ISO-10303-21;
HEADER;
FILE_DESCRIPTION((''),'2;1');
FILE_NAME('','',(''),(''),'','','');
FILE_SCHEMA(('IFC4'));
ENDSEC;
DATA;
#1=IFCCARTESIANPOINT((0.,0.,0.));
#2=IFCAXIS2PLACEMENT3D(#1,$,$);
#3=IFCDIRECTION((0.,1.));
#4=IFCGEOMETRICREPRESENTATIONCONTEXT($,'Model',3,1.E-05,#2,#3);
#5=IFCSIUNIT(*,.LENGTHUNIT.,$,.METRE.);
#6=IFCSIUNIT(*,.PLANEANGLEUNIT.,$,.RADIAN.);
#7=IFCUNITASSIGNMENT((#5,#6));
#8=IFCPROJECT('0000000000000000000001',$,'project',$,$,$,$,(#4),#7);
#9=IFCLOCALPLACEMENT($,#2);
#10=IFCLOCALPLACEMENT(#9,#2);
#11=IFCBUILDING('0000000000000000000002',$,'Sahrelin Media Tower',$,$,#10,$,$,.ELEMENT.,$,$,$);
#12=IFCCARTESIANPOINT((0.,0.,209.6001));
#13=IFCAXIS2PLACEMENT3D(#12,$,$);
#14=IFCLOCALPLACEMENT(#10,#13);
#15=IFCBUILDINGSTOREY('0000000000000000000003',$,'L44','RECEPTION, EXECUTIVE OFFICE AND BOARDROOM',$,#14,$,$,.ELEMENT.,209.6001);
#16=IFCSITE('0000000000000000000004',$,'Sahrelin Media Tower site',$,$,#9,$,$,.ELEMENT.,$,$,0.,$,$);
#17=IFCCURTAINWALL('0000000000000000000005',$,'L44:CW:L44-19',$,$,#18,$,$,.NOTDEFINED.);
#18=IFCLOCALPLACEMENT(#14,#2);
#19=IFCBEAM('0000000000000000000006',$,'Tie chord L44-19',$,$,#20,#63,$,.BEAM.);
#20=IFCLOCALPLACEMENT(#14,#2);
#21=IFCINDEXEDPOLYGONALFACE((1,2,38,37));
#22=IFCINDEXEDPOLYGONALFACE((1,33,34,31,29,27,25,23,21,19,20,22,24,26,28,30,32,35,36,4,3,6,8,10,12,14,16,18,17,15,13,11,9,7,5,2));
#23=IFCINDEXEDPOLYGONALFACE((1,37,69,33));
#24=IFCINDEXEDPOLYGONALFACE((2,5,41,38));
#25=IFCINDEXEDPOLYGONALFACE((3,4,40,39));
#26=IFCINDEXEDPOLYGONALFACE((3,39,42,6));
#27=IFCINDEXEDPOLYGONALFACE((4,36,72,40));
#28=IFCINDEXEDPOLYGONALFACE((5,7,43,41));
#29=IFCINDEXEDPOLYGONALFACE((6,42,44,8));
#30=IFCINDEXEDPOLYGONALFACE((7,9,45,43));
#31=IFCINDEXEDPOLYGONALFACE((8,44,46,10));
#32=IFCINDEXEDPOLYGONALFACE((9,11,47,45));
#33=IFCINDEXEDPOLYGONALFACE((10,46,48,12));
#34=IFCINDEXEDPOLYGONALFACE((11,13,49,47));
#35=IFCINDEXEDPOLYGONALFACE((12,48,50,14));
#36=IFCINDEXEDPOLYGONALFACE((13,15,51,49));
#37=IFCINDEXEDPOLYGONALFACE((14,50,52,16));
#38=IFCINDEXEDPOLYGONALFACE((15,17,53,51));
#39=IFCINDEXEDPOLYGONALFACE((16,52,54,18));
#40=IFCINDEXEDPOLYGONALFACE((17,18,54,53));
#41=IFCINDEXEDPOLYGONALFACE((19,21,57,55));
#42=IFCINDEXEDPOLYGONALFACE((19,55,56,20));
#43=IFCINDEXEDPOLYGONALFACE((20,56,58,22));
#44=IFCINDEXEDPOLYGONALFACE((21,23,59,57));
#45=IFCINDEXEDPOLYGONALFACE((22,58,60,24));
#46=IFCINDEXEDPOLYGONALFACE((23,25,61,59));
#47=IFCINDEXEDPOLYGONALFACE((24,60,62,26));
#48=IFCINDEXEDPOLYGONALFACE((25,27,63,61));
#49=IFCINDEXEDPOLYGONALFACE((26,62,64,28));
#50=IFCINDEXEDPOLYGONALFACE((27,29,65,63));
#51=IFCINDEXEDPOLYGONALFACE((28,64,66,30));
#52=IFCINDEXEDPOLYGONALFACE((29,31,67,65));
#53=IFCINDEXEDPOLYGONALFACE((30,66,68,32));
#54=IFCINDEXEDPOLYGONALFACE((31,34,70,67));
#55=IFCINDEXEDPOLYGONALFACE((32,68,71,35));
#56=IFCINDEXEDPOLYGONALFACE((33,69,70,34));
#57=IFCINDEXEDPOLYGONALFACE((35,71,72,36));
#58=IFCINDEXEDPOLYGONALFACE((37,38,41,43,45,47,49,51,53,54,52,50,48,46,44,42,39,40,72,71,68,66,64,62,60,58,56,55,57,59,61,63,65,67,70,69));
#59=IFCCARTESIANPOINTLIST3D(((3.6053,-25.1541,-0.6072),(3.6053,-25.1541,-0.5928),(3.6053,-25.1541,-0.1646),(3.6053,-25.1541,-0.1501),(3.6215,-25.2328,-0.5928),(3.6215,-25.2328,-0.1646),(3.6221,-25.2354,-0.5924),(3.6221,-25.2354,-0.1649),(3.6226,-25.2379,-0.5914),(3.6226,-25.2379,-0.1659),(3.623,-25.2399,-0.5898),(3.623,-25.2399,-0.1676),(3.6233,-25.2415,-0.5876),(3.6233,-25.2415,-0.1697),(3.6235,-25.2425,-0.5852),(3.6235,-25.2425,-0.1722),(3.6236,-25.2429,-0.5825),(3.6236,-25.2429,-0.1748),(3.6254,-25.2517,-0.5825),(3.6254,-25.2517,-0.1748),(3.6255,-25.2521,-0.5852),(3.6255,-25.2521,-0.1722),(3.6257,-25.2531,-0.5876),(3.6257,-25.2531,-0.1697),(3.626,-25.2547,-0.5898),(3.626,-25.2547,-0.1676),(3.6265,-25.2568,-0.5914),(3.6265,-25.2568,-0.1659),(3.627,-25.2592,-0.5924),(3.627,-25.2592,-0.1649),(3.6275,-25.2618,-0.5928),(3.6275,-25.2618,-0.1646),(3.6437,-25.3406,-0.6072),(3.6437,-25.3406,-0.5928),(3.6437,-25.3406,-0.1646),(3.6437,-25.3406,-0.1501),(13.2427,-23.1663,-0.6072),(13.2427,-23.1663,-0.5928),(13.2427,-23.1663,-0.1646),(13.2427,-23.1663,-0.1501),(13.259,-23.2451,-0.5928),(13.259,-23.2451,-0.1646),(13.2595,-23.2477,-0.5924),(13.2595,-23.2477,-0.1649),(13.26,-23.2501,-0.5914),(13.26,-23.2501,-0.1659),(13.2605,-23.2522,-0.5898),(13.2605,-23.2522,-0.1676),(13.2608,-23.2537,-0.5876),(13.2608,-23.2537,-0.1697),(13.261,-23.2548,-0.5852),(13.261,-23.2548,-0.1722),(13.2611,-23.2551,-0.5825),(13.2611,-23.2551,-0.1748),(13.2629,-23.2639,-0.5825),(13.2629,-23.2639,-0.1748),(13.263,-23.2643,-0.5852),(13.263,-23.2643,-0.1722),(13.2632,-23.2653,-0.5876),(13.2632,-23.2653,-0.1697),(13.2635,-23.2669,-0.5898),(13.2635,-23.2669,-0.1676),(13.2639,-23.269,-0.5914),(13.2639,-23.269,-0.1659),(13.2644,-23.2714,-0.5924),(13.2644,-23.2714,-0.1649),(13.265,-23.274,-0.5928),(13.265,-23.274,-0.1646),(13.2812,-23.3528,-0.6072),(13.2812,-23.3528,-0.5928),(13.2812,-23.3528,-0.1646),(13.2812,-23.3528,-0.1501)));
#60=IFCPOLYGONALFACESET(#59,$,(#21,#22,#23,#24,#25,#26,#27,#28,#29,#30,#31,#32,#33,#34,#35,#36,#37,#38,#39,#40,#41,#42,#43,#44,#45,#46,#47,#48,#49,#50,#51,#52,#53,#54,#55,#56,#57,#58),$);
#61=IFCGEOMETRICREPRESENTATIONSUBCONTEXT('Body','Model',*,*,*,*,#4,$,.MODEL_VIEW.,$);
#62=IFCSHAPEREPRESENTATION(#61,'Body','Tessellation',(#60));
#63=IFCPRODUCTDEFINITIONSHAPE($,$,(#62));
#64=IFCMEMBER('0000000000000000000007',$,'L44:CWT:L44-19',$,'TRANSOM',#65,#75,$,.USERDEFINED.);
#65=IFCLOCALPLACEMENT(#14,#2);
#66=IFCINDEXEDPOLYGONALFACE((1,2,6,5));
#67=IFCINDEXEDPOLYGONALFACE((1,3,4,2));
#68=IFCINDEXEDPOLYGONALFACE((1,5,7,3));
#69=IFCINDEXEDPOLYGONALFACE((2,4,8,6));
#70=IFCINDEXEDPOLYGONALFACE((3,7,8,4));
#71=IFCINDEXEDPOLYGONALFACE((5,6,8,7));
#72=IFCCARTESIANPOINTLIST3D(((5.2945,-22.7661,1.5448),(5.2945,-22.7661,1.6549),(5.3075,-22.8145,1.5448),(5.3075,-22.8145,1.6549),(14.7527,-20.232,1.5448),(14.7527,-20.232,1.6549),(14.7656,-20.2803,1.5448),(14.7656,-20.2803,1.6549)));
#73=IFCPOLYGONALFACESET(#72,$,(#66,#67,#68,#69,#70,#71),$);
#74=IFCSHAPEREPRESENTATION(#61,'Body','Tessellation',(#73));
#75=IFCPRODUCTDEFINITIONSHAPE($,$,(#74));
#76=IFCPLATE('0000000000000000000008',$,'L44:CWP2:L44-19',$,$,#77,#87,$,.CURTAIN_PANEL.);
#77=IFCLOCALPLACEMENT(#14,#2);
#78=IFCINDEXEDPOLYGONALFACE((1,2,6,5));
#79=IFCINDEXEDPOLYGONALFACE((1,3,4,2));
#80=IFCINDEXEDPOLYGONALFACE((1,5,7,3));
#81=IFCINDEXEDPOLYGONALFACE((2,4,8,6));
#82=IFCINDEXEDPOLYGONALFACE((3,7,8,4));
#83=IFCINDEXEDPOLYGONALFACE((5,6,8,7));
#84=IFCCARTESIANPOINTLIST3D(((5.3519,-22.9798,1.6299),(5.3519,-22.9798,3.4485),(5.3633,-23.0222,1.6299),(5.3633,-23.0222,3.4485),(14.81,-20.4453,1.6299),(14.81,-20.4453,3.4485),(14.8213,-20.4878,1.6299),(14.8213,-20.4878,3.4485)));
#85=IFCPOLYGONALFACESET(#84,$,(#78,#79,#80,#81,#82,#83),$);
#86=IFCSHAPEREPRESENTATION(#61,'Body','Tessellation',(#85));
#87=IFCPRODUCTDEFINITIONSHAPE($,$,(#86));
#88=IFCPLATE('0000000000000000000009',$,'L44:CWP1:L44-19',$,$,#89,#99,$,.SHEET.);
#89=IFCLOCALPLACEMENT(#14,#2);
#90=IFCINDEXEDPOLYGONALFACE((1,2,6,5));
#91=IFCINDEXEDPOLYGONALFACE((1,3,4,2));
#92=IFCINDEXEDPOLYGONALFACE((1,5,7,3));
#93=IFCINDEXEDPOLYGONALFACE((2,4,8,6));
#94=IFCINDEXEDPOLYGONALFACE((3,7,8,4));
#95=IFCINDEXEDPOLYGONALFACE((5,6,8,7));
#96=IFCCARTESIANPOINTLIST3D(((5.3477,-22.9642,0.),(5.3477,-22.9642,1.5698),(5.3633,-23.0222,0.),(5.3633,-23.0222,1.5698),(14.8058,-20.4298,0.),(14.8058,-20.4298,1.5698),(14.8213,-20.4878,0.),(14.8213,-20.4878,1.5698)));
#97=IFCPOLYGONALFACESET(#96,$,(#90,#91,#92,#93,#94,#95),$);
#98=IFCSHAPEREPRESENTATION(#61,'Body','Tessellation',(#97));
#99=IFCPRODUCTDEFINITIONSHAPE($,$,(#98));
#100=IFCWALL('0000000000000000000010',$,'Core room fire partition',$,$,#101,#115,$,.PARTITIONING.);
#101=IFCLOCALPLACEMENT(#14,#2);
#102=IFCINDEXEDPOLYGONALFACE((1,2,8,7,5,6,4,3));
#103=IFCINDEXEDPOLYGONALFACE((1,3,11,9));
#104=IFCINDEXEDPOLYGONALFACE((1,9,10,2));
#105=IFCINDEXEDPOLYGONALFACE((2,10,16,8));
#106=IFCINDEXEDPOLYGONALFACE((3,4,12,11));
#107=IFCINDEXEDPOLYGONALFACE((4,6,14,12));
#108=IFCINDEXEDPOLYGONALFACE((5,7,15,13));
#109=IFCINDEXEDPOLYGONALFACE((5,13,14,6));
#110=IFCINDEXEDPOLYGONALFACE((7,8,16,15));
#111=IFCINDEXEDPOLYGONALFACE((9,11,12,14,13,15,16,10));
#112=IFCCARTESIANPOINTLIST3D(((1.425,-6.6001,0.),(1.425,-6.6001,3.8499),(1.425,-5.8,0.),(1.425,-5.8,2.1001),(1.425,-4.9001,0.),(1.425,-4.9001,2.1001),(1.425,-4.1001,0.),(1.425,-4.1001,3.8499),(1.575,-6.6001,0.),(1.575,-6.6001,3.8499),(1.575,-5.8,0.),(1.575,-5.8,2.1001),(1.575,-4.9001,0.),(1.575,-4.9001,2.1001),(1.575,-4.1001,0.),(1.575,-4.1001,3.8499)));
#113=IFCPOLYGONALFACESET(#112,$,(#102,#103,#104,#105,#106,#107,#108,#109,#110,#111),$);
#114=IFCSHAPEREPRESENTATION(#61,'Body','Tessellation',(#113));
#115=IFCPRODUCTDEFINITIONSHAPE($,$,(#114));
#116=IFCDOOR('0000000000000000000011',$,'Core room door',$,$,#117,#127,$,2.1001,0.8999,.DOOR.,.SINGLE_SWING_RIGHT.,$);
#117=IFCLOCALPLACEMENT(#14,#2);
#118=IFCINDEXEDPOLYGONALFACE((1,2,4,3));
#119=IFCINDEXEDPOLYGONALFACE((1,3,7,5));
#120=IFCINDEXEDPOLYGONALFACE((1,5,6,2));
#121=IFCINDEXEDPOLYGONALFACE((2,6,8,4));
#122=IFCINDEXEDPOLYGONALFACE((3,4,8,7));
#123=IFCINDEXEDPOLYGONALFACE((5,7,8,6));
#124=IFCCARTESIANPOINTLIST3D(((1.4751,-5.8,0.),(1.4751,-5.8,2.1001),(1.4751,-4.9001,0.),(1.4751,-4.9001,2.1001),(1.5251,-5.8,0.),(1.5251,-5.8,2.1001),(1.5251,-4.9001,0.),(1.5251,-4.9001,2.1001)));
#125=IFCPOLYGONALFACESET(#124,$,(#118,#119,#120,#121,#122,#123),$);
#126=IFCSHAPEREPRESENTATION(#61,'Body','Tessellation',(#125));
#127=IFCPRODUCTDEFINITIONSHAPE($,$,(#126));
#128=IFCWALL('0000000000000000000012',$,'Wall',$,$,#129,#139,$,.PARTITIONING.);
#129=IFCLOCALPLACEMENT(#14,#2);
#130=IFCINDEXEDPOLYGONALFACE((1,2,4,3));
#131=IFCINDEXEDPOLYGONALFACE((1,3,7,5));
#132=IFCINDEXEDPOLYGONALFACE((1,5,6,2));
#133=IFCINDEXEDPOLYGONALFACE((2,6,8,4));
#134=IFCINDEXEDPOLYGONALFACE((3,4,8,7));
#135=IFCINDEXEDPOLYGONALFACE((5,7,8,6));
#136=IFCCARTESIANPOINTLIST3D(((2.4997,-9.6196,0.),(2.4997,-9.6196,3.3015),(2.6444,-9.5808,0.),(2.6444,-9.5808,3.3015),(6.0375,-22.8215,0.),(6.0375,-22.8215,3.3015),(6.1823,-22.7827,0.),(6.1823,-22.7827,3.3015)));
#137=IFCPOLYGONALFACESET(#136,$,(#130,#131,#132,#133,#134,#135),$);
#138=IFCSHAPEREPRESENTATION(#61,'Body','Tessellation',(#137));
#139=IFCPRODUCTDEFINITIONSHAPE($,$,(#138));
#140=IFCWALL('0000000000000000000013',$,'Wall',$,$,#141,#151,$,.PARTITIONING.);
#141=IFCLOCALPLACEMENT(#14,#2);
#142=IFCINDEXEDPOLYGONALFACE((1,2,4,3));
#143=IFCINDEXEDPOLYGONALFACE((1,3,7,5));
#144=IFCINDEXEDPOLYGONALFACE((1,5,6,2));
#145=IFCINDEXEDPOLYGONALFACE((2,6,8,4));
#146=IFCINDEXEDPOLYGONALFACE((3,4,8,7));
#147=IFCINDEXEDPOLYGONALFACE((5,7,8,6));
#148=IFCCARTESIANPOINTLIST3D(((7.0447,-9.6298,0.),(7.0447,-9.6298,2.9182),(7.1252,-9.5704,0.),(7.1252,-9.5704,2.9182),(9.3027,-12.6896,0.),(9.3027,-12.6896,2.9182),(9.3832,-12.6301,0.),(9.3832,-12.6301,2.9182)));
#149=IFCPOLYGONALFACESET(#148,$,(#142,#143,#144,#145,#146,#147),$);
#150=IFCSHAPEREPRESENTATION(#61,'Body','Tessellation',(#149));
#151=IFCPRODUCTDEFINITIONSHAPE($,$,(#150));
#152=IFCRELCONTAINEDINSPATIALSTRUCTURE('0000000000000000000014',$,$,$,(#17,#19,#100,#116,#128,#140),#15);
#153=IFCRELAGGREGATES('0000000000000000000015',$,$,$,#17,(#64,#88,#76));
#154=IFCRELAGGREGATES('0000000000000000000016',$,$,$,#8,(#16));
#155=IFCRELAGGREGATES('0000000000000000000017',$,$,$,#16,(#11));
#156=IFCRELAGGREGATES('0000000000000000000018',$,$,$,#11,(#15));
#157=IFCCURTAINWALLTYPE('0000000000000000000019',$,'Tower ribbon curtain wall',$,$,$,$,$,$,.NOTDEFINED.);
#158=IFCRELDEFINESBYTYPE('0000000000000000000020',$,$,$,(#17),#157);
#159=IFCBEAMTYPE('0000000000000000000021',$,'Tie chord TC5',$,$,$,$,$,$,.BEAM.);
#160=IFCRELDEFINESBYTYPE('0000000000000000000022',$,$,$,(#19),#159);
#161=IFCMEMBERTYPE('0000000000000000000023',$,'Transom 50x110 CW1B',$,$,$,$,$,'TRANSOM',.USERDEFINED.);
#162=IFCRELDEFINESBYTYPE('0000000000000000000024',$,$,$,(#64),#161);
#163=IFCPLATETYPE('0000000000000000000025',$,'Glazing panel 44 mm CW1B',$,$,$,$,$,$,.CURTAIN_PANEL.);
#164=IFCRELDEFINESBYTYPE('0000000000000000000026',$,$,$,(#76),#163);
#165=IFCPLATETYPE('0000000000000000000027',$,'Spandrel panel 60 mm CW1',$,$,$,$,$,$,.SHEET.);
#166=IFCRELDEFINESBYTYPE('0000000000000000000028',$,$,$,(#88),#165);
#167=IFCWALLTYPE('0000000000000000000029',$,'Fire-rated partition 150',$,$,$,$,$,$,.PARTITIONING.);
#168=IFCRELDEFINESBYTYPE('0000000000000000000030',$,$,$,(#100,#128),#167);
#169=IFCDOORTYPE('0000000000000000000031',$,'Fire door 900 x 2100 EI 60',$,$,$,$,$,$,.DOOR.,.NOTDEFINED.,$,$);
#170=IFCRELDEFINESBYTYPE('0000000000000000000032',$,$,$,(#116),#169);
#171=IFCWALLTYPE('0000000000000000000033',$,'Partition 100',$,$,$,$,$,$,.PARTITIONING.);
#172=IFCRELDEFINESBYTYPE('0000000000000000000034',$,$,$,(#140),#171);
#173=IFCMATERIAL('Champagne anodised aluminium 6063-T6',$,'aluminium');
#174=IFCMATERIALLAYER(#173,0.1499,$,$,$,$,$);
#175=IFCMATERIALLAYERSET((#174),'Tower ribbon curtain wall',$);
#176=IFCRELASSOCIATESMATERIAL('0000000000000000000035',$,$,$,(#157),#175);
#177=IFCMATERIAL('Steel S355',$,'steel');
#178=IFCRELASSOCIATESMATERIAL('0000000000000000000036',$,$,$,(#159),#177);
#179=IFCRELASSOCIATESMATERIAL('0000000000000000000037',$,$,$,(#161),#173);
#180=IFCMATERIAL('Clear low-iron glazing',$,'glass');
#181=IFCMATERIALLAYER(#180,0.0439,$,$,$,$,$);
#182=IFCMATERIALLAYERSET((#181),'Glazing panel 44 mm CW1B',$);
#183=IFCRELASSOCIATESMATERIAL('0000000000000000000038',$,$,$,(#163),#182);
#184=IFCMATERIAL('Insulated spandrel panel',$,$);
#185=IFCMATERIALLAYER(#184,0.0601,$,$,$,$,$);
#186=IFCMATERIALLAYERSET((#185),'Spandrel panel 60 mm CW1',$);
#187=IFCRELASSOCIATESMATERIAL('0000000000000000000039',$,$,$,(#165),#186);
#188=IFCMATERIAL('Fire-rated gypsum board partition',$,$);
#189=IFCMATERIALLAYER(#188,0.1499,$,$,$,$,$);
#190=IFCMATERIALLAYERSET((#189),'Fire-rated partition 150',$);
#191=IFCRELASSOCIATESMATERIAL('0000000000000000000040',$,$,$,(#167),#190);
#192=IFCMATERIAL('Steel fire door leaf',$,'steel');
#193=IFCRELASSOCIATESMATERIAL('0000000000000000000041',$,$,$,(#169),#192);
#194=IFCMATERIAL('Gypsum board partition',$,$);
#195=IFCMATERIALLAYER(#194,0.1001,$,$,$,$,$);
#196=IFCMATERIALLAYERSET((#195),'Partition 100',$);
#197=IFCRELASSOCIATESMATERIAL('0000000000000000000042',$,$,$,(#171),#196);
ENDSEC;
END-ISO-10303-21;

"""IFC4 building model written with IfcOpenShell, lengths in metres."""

from ifc_helpers import new_model, si_unit, direction, frame, frame_2d, origin, origin_2d, place, context, subcontext, project, spatial, polyline, rectangle, i_section, outline, extrude, material, layer, layer_set, material_profile, profile_set, type_object, element, fill, aggregate, save


model = new_model("IFC4")

# Units and contexts
model_context = context("Model", 3, precision=1e-05, world=origin(), true_north=direction((0.0, 1.0)))
body_context = subcontext(model_context, "Body", "Model", "MODEL_VIEW")
ifc_project = project(units=[si_unit("LENGTHUNIT", "METRE"), si_unit("PLANEANGLEUNIT", "RADIAN")], contexts=[model_context])

# Site, building, storey
site_placement = place(None, origin())
site = spatial("IfcSite", under=ifc_project, at=site_placement, Name="Sahrelin Media Tower site", CompositionType="ELEMENT", RefElevation=0.0)
building_placement = place(site_placement, origin())
building = spatial("IfcBuilding", under=site, at=building_placement, Name="Sahrelin Media Tower", CompositionType="ELEMENT")
storey_placement = place(building_placement, frame((0.0, 0.0, 209.6001)))
storey = spatial("IfcBuildingStorey", under=building, at=storey_placement, Name="L44", Description="RECEPTION, EXECUTIVE OFFICE AND BOARDROOM", CompositionType="ELEMENT", Elevation=209.6001)

# Shared definitions
ifc_material_1 = material(Name="Steel S355", Category="steel")

# Curtain wall
ifc_material_2 = material(Name="Champagne anodised aluminium 6063-T6", Category="aluminium")
ifc_layer_1 = layer(ifc_material_2, 0.1499)
ifc_layer_set_1 = layer_set([ifc_layer_1], Name="Tower ribbon curtain wall")
curtain_wall_type = type_object("IfcCurtainWallType", Name="Tower ribbon curtain wall", PredefinedType="NOTDEFINED", material=ifc_layer_set_1)
curtain_wall_1_placement = place(storey_placement, frame((10.0869, -21.7356, 0.0), z_axis=(0.0, 0.0, 1.0), x_axis=(1.0, 0.0, 0.0)))
curtain_wall_1 = element("IfcCurtainWall", 1, at=curtain_wall_1_placement, inside=storey, type_object=curtain_wall_type, Name="L44:CW:L44-19", PredefinedType="NOTDEFINED")

# Beam
ifc_material_profile_1 = material_profile(ifc_material_1, i_section(OverallWidth=0.1904, OverallDepth=0.457, WebThickness=0.009, FlangeThickness=0.0144, FilletRadius=0.0103, at=origin_2d()), Name="UB 457x191x74")
ifc_profile_set_1 = profile_set([ifc_material_profile_1], Name="Steel S355")
beam_type_1 = type_object("IfcBeamType", Name="Tie chord TC5", PredefinedType="BEAM", material=ifc_profile_set_1)
beam_1_placement = place(storey_placement, frame((3.6245, -25.2473, -0.3787), z_axis=(0.979384, 0.202005, 0.0), x_axis=(-0.202005, 0.979384, 0.0)))
element("IfcBeam", 2, at=beam_1_placement, inside=storey, type_object=beam_type_1, Name="Tie chord L44-19", PredefinedType="BEAM", context=body_context, shape_type="SweptSolid", body=[
    extrude(i_section(OverallWidth=0.1904, OverallDepth=0.457, WebThickness=0.009, FlangeThickness=0.0144, FilletRadius=0.0103, at=origin_2d()), origin(), (0.0, 0.0, 1.0), 9.8403),
])

# Member
ifc_material_profile_2 = material_profile(ifc_material_2, rectangle(XDim=0.05, YDim=0.1101, at=origin_2d()), Name="Transom 50x110")
ifc_profile_set_2 = profile_set([ifc_material_profile_2], Name="Champagne anodised aluminium 6063-T6")
member_type_1 = type_object("IfcMemberType", Name="Transom 50x110 CW1B", ElementType="TRANSOM", PredefinedType="USERDEFINED", material=ifc_profile_set_2)
member_1_placement = place(storey_placement, frame((5.301, -22.7903, 1.5999), z_axis=(0.96593, 0.258805, 0.0), x_axis=(-0.258805, 0.96593, 0.0)))
member_1 = element("IfcMember", 3, at=member_1_placement, type_object=member_type_1, Name="L44:CWT:L44-19", ObjectType="TRANSOM", PredefinedType="USERDEFINED", context=body_context, shape_type="SweptSolid", body=[
    extrude(rectangle(XDim=0.05, YDim=0.1101, at=origin_2d()), origin(), (0.0, 0.0, 1.0), 9.7917),
])

# Plates
ifc_material_3 = material(Name="Clear low-iron glazing", Category="glass")
ifc_layer_2 = layer(ifc_material_3, 0.0439)
ifc_layer_set_2 = layer_set([ifc_layer_2], Name="Glazing panel 44 mm CW1B")
plate_type_1 = type_object("IfcPlateType", Name="Glazing panel 44 mm CW1B", PredefinedType="CURTAIN_PANEL", material=ifc_layer_set_2)
plate_1_placement = place(storey_placement, frame((5.3633, -23.0222, 1.6299), z_axis=(0.258834, -0.965922, 0.0), x_axis=(0.965922, 0.258834, 0.0)))
plate_1 = element("IfcPlate", 4, at=plate_1_placement, type_object=plate_type_1, Name="L44:CWP2:L44-19", PredefinedType="CURTAIN_PANEL", context=body_context, shape_type="SweptSolid", body=[
    extrude(outline(polyline([(0.0, 0.0), (9.7917, 0.0), (9.7917, 1.8186), (0.0, 1.8186), (0.0, 0.0)])), origin(), (0.0, 0.0, -1.0), 0.0439),
])
ifc_material_4 = material(Name="Insulated spandrel panel")
ifc_layer_3 = layer(ifc_material_4, 0.0601)
ifc_layer_set_3 = layer_set([ifc_layer_3], Name="Spandrel panel 60 mm CW1")
plate_type_2 = type_object("IfcPlateType", Name="Spandrel panel 60 mm CW1", PredefinedType="SHEET", material=ifc_layer_set_3)
plate_2_placement = place(storey_placement, frame((5.3633, -23.0222, 0.0), z_axis=(0.258834, -0.965922, 0.0), x_axis=(0.965922, 0.258834, 0.0)))
plate_2 = element("IfcPlate", 5, at=plate_2_placement, type_object=plate_type_2, Name="L44:CWP1:L44-19", PredefinedType="SHEET", context=body_context, shape_type="SweptSolid", body=[
    extrude(outline(polyline([(0.0, 0.0), (9.7917, 0.0), (9.7917, 1.5698), (0.0, 1.5698), (0.0, 0.0)])), origin(), (0.0, 0.0, -1.0), 0.0601),
])
aggregate(curtain_wall_1, [member_1, plate_2, plate_1])

# Wall, opening, door
ifc_material_5 = material(Name="Fire-rated gypsum board partition")
ifc_layer_4 = layer(ifc_material_5, 0.1499)
ifc_layer_set_4 = layer_set([ifc_layer_4], Name="Fire-rated partition 150")
wall_type_1 = type_object("IfcWallType", Name="Fire-rated partition 150", PredefinedType="PARTITIONING", material=ifc_layer_set_4)
wall_1_placement = place(storey_placement, frame((1.5, -6.6001, 0.0), z_axis=(0.0, 0.0, 1.0), x_axis=(0.0, 1.0, 0.0)))
wall_1 = element("IfcWall", 6, at=wall_1_placement, inside=storey, type_object=wall_type_1, Name="Core room fire partition", PredefinedType="PARTITIONING", context=body_context, shape_type="SweptSolid", body=[
    extrude(rectangle(XDim=2.5, YDim=0.1499, at=frame_2d((1.25, 0.0))), origin(), (0.0, 0.0, 1.0), 3.8499),
])
opening_1_placement = place(wall_1_placement, frame((0.8, 0.0, 0.0)))
opening_1 = element("IfcOpeningElement", 7, at=opening_1_placement, cuts=wall_1, PredefinedType="OPENING", context=body_context, shape_type="SweptSolid", body=[
    extrude(rectangle(XDim=0.8999, YDim=2.1001, at=frame_2d((0.45, 1.05))), frame((0.0, 0.075, 0.0), z_axis=(0.0, -1.0, 0.0), x_axis=(1.0, 0.0, 0.0)), (0.0, 0.0, 1.0), 0.1499),
])
ifc_material_6 = material(Name="Steel fire door leaf", Category="steel")
door_type_1 = type_object("IfcDoorType", Name="Fire door 900 x 2100 EI 60", OperationType="NOTDEFINED", PredefinedType="DOOR", material=ifc_material_6)
door_1_placement = place(opening_1_placement, origin())
door_1 = element("IfcDoor", 8, at=door_1_placement, inside=storey, type_object=door_type_1, Name="Core room door", OperationType="SINGLE_SWING_RIGHT", OverallHeight=2.1001, OverallWidth=0.8999, PredefinedType="DOOR", context=body_context, shape_type="SweptSolid", body=[
    extrude(rectangle(XDim=0.8999, YDim=2.1001, at=frame_2d((0.45, 1.05))), frame((0.0, 0.0249, 0.0), z_axis=(0.0, -1.0, 0.0), x_axis=(1.0, 0.0, 0.0)), (0.0, 0.0, 1.0), 0.05),
])
fill(opening_1, door_1)

# Walls
wall_2_placement = place(storey_placement, frame((2.572, -9.6001, 0.0), z_axis=(0.0, 0.0, 1.0), x_axis=(0.258847, -0.965918, 0.0)))
element("IfcWall", 9, at=wall_2_placement, inside=storey, type_object=wall_type_1, Name="Wall", PredefinedType="PARTITIONING", context=body_context, shape_type="SweptSolid", body=[
    extrude(rectangle(XDim=13.6677, YDim=0.1499, at=frame_2d((6.834, 0.0))), origin(), (0.0, 0.0, 1.0), 3.3015),
])
ifc_material_7 = material(Name="Gypsum board partition")
ifc_layer_5 = layer(ifc_material_7, 0.1001)
ifc_layer_set_5 = layer_set([ifc_layer_5], Name="Partition 100")
wall_type_2 = type_object("IfcWallType", Name="Partition 100", PredefinedType="PARTITIONING", material=ifc_layer_set_5)
wall_3_placement = place(storey_placement, frame((7.085, -9.6001, 0.0), z_axis=(0.0, 0.0, 1.0), x_axis=(0.593788, -0.804622, 0.0)))
element("IfcWall", 10, at=wall_3_placement, inside=storey, type_object=wall_type_2, Name="Wall", PredefinedType="PARTITIONING", context=body_context, shape_type="SweptSolid", body=[
    extrude(rectangle(XDim=3.8027, YDim=0.1001, at=frame_2d((1.9014, 0.0))), origin(), (0.0, 0.0, 1.0), 2.9182),
])

save(model, "model.ifc")
